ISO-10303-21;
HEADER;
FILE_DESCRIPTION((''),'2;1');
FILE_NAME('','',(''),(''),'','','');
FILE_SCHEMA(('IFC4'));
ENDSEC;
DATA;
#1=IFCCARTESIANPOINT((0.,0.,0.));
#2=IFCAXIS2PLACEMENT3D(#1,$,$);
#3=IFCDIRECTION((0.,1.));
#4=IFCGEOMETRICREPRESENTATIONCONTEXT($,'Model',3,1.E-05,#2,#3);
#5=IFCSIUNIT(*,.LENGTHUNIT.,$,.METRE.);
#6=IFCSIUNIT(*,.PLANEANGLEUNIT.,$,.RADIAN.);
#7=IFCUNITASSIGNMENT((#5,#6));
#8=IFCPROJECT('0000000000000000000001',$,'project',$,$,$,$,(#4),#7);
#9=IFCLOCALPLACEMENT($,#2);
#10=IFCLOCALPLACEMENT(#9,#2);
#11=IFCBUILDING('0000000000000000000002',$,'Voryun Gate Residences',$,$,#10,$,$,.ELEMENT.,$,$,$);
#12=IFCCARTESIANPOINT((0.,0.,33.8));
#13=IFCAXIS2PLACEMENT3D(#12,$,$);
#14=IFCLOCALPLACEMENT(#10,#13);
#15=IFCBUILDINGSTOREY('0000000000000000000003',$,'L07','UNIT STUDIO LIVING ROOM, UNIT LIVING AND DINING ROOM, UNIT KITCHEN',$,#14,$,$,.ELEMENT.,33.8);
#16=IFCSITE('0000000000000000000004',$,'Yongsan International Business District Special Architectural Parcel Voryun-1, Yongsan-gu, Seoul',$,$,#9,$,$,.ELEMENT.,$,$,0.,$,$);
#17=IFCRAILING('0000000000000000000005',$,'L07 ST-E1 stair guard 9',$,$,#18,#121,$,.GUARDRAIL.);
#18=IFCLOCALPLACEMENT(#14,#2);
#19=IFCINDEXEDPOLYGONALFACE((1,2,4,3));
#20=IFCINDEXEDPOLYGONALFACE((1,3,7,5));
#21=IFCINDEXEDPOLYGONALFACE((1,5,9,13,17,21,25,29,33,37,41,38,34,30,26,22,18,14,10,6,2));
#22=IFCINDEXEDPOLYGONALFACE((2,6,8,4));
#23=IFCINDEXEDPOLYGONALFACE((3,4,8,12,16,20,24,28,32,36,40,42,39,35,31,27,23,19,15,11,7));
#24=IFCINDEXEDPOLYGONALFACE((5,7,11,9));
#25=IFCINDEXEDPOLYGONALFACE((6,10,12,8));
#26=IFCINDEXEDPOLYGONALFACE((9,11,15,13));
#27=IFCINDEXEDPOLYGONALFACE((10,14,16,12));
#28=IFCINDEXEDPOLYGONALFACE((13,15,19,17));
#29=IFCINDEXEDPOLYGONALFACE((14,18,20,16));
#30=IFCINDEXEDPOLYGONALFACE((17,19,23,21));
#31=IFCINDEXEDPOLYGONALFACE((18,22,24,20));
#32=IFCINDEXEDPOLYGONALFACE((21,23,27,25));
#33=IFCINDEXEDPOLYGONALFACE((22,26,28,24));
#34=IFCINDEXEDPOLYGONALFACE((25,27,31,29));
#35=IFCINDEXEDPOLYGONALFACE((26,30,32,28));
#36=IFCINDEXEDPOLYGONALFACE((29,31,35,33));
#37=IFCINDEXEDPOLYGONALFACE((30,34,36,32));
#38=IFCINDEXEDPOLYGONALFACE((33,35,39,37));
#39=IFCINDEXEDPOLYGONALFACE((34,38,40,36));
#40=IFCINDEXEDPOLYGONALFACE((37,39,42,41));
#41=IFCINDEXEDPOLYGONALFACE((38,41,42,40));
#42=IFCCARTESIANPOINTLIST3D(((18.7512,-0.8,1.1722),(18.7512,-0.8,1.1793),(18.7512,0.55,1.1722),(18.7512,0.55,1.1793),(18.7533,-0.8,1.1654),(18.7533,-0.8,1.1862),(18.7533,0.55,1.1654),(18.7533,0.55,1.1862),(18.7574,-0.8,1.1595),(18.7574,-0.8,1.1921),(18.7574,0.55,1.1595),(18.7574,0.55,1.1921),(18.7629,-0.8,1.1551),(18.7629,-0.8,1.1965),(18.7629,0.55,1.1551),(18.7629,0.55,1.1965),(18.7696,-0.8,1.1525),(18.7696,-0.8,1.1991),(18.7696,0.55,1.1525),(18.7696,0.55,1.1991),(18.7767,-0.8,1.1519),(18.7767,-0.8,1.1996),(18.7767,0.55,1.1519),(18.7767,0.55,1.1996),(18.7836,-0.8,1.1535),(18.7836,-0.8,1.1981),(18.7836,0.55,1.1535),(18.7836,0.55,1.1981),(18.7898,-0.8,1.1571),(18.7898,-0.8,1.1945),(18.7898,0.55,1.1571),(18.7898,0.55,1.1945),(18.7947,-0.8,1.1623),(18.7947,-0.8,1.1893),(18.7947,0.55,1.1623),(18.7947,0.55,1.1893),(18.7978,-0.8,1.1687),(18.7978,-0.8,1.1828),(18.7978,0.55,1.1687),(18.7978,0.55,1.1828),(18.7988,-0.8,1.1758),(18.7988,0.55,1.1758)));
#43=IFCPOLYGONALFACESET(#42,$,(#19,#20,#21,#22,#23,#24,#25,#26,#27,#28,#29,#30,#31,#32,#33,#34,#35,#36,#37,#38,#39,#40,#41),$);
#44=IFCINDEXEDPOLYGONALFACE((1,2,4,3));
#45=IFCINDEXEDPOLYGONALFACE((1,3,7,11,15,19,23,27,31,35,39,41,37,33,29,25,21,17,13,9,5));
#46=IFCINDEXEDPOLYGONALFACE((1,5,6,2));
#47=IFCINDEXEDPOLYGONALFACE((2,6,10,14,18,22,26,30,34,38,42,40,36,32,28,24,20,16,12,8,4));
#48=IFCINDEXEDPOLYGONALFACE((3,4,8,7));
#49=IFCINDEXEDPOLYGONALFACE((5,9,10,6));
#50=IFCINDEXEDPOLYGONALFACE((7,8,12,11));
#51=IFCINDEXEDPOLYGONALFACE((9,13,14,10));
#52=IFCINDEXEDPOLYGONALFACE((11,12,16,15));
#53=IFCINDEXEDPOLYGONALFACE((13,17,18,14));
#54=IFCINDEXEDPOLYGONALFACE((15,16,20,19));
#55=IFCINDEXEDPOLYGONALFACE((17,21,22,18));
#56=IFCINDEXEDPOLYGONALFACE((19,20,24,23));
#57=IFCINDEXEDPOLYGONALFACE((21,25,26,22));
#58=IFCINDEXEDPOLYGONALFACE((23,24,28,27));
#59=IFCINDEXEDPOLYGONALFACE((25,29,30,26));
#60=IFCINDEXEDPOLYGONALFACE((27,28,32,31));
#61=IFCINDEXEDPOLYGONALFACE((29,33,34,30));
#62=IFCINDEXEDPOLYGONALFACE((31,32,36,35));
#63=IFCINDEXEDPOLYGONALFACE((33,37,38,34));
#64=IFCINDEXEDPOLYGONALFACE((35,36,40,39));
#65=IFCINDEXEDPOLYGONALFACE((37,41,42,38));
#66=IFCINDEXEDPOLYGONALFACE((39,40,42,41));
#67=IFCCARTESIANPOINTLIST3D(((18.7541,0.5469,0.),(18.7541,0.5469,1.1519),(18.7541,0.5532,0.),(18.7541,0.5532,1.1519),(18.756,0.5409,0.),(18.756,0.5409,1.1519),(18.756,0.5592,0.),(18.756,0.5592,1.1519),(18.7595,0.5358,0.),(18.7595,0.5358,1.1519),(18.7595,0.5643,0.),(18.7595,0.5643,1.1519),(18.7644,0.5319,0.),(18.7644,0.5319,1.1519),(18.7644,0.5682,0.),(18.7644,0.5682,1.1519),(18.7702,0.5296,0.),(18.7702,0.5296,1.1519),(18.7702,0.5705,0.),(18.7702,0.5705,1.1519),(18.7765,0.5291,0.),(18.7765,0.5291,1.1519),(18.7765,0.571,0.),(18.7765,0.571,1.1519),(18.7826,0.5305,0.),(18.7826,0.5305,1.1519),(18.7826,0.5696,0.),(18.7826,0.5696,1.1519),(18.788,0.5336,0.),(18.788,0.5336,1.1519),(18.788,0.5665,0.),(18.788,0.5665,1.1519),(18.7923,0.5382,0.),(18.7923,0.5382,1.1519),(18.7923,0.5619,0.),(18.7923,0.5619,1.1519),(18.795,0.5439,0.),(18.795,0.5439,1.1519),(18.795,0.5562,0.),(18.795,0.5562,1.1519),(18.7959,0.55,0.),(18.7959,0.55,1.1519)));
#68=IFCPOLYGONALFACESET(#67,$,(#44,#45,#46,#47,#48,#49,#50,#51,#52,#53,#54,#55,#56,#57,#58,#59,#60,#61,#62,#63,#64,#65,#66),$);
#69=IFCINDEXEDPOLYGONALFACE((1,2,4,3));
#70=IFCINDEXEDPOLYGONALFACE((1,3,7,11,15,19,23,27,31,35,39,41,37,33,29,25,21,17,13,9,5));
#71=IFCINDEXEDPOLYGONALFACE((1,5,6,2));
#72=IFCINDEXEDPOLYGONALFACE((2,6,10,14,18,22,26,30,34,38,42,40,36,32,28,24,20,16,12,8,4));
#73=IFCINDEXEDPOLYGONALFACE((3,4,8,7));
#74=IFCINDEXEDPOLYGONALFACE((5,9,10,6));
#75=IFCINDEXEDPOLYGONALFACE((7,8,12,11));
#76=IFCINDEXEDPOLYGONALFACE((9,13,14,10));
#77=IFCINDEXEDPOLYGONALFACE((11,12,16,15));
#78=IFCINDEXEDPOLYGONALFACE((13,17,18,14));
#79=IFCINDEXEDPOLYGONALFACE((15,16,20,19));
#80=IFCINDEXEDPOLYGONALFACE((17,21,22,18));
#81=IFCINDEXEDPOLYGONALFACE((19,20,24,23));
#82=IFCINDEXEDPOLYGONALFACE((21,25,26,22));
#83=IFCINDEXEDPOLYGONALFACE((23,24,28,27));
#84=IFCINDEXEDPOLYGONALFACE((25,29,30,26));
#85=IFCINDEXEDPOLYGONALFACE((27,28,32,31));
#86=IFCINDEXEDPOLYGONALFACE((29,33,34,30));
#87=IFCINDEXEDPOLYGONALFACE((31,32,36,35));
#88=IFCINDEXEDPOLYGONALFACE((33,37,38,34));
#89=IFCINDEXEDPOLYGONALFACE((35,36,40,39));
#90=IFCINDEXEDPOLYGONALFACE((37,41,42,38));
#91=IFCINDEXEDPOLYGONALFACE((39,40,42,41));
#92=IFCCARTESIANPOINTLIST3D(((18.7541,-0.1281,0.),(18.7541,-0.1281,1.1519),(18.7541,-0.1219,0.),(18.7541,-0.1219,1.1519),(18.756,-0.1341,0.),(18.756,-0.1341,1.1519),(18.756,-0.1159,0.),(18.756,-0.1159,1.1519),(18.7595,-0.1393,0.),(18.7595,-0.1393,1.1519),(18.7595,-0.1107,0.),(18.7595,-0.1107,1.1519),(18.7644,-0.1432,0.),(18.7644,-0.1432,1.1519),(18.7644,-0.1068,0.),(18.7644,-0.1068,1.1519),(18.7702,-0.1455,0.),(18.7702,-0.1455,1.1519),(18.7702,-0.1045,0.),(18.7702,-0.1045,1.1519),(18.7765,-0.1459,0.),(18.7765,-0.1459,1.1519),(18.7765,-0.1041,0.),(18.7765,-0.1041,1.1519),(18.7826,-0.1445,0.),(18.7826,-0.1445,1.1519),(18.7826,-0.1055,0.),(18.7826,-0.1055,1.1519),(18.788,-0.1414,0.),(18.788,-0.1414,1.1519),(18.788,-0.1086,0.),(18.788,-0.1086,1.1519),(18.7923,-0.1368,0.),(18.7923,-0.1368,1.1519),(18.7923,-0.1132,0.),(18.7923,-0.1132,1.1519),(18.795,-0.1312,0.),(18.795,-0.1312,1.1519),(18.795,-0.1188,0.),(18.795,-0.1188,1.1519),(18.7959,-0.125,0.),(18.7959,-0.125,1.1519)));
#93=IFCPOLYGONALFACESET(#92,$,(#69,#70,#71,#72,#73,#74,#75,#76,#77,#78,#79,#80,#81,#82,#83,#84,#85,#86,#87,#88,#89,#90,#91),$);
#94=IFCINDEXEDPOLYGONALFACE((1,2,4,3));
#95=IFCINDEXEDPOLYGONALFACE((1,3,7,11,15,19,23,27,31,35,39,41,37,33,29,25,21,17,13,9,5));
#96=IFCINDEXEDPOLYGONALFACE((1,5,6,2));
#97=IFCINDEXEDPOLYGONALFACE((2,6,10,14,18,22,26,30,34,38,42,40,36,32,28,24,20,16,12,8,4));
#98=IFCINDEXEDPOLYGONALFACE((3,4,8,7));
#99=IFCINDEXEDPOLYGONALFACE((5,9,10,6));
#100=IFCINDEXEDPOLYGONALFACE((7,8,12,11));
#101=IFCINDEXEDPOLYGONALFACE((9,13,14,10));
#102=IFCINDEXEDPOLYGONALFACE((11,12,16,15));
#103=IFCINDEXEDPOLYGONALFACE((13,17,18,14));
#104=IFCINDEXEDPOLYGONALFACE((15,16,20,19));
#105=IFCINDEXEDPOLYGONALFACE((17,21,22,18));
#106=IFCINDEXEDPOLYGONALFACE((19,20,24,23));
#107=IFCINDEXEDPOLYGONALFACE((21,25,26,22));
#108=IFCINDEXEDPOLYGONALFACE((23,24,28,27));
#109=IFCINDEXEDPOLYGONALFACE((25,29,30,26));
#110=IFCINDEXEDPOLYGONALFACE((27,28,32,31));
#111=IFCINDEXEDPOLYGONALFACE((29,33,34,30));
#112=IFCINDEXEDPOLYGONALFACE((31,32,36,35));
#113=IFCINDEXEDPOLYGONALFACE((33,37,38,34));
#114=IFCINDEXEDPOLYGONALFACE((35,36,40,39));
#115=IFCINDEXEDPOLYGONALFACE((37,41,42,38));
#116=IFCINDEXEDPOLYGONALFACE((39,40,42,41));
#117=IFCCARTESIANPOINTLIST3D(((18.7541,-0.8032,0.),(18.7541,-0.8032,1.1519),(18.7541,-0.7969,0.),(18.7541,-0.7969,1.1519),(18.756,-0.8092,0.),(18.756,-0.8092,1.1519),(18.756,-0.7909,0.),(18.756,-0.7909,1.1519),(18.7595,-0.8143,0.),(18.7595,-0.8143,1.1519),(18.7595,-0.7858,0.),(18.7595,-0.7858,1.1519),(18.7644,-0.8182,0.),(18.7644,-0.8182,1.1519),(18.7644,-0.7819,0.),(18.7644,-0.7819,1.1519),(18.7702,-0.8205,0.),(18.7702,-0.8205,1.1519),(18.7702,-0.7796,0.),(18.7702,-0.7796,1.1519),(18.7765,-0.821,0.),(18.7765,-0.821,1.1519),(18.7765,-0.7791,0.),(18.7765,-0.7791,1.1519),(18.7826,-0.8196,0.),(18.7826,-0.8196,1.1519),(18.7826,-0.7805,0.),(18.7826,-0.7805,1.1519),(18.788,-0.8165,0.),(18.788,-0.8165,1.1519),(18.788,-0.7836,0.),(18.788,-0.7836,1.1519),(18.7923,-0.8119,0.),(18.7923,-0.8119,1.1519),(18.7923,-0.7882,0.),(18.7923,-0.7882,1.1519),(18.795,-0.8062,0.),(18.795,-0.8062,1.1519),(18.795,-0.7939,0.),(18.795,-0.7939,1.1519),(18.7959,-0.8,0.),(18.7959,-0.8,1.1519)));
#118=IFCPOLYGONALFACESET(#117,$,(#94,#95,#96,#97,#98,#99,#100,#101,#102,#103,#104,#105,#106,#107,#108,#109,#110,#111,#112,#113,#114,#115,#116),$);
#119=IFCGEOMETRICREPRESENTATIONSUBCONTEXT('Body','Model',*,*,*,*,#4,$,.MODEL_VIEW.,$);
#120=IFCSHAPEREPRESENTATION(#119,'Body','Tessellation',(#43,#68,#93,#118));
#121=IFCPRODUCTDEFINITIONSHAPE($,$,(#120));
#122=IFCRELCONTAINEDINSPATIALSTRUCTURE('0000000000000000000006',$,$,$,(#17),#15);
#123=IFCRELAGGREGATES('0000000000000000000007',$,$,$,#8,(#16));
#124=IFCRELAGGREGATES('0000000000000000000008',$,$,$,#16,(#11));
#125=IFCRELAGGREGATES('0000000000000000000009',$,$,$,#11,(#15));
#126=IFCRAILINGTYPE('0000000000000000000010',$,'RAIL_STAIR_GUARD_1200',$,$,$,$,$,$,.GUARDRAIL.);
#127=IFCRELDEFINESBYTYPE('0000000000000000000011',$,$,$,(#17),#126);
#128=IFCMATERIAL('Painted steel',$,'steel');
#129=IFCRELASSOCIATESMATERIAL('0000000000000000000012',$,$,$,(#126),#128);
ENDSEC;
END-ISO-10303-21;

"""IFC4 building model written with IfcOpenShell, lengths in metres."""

from ifc_helpers import new_model, si_unit, direction, frame, origin, origin_2d, place, context, subcontext, project, spatial, circle, extrude, material, type_object, element, save


model = new_model("IFC4")

# Units and contexts
model_context = context("Model", 3, precision=1e-05, world=origin(), true_north=direction((0.0, 1.0)))
body_context = subcontext(model_context, "Body", "Model", "MODEL_VIEW")
ifc_project = project(units=[si_unit("LENGTHUNIT", "METRE"), si_unit("PLANEANGLEUNIT", "RADIAN")], contexts=[model_context])

# Site, building, storey
site_placement = place(None, origin())
site = spatial("IfcSite", under=ifc_project, at=site_placement, Name="Yongsan International Business District Special Architectural Parcel Voryun-1, Yongsan-gu, Seoul", CompositionType="ELEMENT", RefElevation=0.0)
building_placement = place(site_placement, origin())
building = spatial("IfcBuilding", under=site, at=building_placement, Name="Voryun Gate Residences", CompositionType="ELEMENT")
storey_placement = place(building_placement, frame((0.0, 0.0, 33.8)))
storey = spatial("IfcBuildingStorey", under=building, at=storey_placement, Name="L07", Description="UNIT STUDIO LIVING ROOM, UNIT LIVING AND DINING ROOM, UNIT KITCHEN", CompositionType="ELEMENT", Elevation=33.8)

# Railing
ifc_material_1 = material(Name="Painted steel", Category="steel")
railing_type_1 = type_object("IfcRailingType", Name="RAIL_STAIR_GUARD_1200", PredefinedType="GUARDRAIL", material=ifc_material_1)
for number, where, name in (
    (1, (18.7749, 0.55, 0.0), "L07 ST-E1 stair guard 9"),
):
    element("IfcRailing", number, at=place(storey_placement, frame(where)), inside=storey, type_object=railing_type_1, Name=name, PredefinedType="GUARDRAIL", context=body_context, shape_type="SweptSolid", body=[
        extrude(circle(Radius=0.0239, at=origin_2d()), frame((0.0, 0.0, 1.1758), z_axis=(0.0, -1.0, 0.0), x_axis=(1.0, 0.0, 0.0)), (0.0, 0.0, 1.0), 1.3501),
        extrude(circle(Radius=0.021, at=origin_2d()), origin(), (0.0, 0.0, 1.0), 1.1519),
        extrude(circle(Radius=0.021, at=origin_2d()), frame((0.0, -0.675, 0.0)), (0.0, 0.0, 1.0), 1.1519),
        extrude(circle(Radius=0.021, at=origin_2d()), frame((0.0, -1.3501, 0.0)), (0.0, 0.0, 1.0), 1.1519),
    ])

save(model, "model.ifc")
